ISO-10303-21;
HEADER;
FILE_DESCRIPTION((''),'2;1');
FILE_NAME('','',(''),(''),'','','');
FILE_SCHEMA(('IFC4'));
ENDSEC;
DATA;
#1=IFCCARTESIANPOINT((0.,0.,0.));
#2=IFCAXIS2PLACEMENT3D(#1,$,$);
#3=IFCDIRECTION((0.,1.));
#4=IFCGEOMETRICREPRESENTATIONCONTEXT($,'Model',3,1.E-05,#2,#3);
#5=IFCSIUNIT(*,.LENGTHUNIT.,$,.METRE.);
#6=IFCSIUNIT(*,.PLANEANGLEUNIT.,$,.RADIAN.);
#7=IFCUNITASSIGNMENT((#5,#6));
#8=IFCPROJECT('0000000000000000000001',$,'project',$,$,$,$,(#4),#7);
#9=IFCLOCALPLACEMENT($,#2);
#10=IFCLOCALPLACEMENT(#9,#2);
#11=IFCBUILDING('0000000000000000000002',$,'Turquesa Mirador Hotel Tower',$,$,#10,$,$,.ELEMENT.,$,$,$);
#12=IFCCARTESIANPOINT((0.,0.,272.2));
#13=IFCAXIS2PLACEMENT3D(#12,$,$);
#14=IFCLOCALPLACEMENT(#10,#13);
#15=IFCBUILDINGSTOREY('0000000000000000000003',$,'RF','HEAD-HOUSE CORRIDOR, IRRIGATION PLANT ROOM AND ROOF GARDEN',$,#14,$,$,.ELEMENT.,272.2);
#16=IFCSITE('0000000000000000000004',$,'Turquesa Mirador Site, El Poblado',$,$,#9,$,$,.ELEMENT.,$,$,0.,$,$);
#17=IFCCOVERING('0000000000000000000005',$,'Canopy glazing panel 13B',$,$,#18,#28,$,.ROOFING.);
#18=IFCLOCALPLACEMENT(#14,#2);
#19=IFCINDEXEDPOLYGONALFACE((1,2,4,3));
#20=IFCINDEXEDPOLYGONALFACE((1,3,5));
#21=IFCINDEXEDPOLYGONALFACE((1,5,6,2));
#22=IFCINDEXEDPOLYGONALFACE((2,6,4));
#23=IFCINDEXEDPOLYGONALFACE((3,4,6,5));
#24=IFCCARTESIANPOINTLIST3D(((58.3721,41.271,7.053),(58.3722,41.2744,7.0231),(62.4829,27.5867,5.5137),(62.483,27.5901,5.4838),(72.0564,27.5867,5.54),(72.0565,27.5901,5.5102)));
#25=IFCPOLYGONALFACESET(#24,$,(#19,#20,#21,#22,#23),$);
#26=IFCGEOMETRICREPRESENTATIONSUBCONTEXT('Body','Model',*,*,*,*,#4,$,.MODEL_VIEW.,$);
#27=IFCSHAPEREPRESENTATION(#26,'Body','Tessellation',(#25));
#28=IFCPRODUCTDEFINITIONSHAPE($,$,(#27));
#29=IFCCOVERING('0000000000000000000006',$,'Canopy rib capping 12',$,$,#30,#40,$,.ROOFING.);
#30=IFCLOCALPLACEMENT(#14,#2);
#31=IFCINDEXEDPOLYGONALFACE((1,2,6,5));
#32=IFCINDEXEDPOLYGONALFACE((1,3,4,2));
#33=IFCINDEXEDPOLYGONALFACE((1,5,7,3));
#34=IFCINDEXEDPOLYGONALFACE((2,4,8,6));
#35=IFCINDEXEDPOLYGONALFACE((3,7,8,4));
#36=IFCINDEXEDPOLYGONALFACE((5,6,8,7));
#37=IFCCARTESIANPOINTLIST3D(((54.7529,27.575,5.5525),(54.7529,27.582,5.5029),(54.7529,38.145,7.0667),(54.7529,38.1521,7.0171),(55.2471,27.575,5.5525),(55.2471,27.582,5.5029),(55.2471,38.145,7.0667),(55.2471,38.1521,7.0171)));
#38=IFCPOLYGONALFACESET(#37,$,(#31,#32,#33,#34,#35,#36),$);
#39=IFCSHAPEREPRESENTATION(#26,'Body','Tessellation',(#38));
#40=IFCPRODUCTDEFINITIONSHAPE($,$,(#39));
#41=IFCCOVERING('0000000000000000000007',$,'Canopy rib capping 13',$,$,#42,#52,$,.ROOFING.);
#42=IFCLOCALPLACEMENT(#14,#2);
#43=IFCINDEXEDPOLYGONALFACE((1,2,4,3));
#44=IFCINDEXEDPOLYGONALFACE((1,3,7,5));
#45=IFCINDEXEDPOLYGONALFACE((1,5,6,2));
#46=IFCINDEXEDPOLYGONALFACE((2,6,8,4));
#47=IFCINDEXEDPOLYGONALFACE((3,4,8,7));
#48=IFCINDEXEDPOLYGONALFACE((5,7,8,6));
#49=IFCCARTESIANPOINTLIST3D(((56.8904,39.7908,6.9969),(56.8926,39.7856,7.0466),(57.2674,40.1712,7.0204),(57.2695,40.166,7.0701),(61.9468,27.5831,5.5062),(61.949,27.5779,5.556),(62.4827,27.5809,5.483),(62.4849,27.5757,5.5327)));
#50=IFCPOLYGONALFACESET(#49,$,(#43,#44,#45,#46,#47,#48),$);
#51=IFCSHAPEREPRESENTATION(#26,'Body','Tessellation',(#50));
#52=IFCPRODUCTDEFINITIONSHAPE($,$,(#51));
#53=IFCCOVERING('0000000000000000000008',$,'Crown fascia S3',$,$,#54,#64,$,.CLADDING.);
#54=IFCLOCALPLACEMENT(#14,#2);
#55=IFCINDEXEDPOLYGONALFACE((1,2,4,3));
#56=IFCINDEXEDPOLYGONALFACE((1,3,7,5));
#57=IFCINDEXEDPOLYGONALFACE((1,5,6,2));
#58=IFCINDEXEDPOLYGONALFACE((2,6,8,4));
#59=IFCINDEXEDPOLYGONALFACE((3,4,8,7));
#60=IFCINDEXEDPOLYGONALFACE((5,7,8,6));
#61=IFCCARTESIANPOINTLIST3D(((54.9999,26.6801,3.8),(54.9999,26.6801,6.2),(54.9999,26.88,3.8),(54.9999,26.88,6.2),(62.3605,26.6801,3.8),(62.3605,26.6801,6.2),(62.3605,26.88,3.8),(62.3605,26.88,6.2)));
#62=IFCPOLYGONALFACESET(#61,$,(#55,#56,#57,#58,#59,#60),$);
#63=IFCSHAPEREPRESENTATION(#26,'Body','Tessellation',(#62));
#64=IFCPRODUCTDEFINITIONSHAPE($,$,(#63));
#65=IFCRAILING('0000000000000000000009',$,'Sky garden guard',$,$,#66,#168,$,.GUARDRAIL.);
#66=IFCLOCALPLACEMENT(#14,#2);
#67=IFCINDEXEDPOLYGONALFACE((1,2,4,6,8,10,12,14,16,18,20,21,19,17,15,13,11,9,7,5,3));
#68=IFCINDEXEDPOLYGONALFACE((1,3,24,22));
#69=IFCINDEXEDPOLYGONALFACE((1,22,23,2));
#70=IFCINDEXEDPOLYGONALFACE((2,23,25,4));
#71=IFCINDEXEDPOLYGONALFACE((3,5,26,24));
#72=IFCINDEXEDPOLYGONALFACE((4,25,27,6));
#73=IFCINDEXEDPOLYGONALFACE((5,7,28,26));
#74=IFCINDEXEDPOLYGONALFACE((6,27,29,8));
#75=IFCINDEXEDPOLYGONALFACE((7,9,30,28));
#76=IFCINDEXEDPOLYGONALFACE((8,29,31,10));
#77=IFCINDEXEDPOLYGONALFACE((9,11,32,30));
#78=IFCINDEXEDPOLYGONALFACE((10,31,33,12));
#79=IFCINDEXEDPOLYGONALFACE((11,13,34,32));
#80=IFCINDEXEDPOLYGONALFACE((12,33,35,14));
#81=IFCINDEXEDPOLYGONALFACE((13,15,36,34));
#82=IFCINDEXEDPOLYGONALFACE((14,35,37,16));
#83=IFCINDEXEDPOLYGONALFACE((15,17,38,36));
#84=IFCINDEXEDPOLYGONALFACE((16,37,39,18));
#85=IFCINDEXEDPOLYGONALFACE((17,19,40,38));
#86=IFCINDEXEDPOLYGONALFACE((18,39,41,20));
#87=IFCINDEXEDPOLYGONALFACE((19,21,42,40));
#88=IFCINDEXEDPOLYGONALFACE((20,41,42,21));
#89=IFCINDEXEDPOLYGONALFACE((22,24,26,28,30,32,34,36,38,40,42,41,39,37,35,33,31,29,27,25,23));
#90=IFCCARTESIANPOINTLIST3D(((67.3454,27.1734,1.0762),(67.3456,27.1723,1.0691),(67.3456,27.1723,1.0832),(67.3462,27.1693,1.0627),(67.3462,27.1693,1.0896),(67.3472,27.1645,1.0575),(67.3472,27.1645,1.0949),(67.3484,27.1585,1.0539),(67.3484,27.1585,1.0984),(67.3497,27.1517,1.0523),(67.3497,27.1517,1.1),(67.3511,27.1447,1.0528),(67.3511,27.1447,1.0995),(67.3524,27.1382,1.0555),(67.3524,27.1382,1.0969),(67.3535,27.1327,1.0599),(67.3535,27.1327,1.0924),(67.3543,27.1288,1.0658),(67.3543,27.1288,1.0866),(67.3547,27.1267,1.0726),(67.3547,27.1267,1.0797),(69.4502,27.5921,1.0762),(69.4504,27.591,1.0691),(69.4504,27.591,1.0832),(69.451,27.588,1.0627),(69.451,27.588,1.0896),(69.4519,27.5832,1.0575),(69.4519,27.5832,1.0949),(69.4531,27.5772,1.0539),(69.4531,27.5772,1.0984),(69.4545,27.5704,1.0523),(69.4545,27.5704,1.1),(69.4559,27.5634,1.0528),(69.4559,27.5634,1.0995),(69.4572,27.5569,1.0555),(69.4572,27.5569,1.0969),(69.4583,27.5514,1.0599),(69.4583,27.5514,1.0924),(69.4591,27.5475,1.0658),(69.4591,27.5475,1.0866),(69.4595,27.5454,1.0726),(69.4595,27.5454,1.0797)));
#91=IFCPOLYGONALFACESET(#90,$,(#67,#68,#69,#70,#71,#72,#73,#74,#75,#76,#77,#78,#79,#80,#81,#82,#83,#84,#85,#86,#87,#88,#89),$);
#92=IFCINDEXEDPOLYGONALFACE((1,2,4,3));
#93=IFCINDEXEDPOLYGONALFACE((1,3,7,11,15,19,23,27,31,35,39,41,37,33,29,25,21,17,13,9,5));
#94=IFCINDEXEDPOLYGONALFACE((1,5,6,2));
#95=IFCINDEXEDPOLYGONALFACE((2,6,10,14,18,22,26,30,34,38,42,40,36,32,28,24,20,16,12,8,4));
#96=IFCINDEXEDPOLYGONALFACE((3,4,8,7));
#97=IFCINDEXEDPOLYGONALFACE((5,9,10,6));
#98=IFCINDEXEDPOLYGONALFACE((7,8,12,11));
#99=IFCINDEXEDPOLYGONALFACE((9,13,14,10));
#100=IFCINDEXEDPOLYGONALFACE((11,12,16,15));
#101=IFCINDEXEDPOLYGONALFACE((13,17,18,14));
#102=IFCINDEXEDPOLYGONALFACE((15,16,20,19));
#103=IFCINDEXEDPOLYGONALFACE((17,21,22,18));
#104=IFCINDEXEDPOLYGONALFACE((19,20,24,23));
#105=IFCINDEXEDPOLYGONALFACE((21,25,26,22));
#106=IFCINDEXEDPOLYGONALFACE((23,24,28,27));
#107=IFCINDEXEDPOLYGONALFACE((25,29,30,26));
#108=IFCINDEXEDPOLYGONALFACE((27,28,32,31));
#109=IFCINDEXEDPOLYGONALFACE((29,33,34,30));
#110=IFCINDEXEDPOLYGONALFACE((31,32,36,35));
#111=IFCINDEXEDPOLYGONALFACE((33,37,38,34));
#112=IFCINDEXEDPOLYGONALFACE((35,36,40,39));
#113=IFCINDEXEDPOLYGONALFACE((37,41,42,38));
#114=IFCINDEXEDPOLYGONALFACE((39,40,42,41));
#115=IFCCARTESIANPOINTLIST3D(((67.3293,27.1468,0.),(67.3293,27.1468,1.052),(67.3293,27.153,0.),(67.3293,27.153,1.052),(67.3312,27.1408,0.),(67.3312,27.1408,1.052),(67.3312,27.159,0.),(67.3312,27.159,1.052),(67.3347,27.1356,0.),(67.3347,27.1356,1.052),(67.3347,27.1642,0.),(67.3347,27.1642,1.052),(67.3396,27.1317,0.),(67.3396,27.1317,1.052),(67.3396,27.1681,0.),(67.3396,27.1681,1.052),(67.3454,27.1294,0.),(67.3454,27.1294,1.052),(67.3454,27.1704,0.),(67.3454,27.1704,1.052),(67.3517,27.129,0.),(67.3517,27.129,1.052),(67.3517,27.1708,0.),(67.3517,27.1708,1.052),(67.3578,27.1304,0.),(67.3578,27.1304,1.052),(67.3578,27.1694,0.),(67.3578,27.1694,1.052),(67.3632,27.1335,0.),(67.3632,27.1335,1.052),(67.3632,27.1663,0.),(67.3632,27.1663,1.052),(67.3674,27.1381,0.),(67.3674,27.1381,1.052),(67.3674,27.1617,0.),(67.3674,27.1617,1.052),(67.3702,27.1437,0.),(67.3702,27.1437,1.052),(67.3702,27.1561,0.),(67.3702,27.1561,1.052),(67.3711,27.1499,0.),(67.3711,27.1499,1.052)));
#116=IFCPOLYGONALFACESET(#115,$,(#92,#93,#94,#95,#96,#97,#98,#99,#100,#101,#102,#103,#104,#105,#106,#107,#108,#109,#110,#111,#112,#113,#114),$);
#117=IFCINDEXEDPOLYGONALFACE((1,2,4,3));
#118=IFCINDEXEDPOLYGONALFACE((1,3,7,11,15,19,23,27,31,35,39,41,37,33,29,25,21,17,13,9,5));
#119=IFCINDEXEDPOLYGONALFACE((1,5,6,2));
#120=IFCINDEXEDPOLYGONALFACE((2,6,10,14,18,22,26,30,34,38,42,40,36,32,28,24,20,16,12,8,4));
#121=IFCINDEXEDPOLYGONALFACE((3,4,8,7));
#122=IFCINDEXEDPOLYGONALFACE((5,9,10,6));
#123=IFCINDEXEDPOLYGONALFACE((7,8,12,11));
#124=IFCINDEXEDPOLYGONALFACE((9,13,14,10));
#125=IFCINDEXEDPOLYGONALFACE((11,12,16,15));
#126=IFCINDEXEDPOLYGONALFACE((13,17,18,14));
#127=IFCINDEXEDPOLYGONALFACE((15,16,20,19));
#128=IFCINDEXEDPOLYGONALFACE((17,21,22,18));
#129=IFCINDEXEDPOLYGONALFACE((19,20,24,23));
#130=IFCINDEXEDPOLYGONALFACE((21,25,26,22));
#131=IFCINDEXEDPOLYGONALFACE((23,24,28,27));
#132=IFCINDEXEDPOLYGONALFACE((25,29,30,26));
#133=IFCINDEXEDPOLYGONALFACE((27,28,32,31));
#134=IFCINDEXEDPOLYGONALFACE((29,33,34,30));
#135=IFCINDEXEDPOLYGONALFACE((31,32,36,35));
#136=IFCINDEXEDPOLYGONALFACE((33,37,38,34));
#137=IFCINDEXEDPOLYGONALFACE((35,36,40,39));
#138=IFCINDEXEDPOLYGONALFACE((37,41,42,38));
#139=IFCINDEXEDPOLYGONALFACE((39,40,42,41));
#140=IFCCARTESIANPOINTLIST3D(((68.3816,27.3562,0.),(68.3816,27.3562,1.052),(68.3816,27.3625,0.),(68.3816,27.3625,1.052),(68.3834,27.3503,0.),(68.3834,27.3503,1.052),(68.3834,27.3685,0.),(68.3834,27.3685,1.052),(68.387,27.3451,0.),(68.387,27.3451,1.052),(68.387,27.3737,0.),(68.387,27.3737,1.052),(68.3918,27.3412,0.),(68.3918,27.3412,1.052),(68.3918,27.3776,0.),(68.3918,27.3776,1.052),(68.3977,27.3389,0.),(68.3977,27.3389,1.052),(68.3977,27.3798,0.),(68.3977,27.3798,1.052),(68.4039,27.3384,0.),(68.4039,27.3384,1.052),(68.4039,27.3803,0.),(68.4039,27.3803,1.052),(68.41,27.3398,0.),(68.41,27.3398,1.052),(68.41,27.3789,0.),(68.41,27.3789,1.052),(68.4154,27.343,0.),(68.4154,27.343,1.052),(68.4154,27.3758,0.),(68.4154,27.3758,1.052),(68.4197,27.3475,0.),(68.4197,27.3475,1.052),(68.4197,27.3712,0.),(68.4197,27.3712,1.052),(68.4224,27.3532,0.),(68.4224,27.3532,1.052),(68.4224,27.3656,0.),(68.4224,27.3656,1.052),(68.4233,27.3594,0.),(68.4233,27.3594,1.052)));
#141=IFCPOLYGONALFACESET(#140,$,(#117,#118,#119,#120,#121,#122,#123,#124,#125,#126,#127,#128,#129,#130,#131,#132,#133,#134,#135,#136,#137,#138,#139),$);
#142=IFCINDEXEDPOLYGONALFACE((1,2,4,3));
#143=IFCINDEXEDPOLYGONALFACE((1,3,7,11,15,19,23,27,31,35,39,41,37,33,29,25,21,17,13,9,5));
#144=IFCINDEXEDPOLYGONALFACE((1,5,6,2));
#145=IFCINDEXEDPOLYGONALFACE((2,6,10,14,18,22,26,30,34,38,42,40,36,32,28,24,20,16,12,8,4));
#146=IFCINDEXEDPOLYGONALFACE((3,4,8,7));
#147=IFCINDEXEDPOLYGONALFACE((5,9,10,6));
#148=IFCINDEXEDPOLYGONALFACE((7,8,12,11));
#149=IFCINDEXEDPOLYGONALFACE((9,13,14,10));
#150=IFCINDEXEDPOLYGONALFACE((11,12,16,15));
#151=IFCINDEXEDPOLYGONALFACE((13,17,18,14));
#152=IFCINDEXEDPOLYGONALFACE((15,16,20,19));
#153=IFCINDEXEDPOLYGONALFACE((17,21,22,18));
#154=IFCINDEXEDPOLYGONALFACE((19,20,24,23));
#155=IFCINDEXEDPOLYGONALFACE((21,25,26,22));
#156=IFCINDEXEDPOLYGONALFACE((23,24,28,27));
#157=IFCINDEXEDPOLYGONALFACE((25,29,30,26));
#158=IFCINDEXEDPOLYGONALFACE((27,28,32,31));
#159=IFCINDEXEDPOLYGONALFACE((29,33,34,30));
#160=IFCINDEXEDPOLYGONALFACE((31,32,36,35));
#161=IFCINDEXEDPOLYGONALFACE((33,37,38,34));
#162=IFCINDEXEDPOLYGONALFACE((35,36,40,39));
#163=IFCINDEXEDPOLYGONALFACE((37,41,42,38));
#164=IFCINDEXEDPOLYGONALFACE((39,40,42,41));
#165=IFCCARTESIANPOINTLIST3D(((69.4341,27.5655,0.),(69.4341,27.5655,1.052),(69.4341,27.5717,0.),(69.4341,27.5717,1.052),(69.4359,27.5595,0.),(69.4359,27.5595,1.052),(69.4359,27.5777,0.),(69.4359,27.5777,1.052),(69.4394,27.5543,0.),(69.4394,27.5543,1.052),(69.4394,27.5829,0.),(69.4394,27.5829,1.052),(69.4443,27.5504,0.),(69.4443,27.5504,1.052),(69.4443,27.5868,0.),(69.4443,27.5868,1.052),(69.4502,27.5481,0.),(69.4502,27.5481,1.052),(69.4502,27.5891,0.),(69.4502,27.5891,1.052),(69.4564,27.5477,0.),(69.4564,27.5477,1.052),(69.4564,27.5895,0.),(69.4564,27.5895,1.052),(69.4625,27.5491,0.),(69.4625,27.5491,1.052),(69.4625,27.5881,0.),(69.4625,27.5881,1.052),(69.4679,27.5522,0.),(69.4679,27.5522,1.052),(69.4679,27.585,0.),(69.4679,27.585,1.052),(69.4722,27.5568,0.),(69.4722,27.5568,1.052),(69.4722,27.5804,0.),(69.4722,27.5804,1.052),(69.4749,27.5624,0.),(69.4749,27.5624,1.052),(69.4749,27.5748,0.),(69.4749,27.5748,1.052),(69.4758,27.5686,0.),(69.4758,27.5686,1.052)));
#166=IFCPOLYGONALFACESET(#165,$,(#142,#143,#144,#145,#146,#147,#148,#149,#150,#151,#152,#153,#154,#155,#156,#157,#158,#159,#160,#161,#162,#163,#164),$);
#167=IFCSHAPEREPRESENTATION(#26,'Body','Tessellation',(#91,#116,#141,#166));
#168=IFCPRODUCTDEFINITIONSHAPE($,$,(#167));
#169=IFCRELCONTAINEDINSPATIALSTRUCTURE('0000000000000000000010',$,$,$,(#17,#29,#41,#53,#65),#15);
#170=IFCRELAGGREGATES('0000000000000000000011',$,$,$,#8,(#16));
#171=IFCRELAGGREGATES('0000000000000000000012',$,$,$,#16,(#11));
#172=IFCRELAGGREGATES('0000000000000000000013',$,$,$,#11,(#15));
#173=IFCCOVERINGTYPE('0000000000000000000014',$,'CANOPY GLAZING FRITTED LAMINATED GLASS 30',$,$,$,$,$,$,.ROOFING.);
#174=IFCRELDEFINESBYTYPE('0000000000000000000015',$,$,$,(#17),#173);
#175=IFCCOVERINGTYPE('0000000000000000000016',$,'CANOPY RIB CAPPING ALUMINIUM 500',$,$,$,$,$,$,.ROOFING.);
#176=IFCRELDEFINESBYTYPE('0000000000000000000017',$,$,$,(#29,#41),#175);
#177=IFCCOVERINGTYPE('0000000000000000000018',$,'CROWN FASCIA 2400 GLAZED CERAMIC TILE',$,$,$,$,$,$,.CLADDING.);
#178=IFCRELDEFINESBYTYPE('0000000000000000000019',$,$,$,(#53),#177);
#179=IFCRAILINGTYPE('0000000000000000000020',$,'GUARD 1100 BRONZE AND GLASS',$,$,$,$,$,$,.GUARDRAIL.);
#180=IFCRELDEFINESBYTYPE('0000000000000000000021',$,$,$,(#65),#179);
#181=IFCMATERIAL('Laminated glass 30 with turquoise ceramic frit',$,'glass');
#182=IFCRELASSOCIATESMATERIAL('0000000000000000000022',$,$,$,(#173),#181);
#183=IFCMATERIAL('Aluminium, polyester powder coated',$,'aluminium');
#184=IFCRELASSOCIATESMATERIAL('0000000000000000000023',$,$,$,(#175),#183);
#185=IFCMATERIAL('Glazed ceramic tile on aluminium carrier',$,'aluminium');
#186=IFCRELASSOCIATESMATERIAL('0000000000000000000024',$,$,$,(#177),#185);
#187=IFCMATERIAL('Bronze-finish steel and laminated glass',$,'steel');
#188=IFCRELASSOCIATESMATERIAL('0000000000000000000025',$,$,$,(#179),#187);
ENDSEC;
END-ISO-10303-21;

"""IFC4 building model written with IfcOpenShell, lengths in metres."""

from ifc_helpers import new_model, si_unit, direction, frame, origin, origin_2d, place, context, subcontext, project, spatial, polyline, rectangle, circle, outline, extrude, material, type_object, element, save


model = new_model("IFC4")

# Units and contexts
model_context = context("Model", 3, precision=1e-05, world=origin(), true_north=direction((0.0, 1.0)))
body_context = subcontext(model_context, "Body", "Model", "MODEL_VIEW")
ifc_project = project(units=[si_unit("LENGTHUNIT", "METRE"), si_unit("PLANEANGLEUNIT", "RADIAN")], contexts=[model_context])

# Site, building, storey
site_placement = place(None, origin())
site = spatial("IfcSite", under=ifc_project, at=site_placement, Name="Turquesa Mirador Site, El Poblado", CompositionType="ELEMENT", RefElevation=0.0)
building_placement = place(site_placement, origin())
building = spatial("IfcBuilding", under=site, at=building_placement, Name="Turquesa Mirador Hotel Tower", CompositionType="ELEMENT")
storey_placement = place(building_placement, frame((0.0, 0.0, 272.2)))
storey = spatial("IfcBuildingStorey", under=building, at=storey_placement, Name="RF", Description="HEAD-HOUSE CORRIDOR, IRRIGATION PLANT ROOM AND ROOF GARDEN", CompositionType="ELEMENT", Elevation=272.2)

# Coverings
ifc_material_1 = material(Name="Laminated glass 30 with turquoise ceramic frit", Category="glass")
covering_type_1 = type_object("IfcCoveringType", Name="CANOPY GLAZING FRITTED LAMINATED GLASS 30", PredefinedType="ROOFING", material=ifc_material_1)
covering_1_placement = place(storey_placement, frame((62.4829, 27.5867, 5.5137), z_axis=(-0.002737, -0.112593, 0.993637), x_axis=(-0.286049, 0.95221, 0.107111)))
element("IfcCovering", 1, at=covering_1_placement, inside=storey, type_object=covering_type_1, Name="Canopy glazing panel 13B", PredefinedType="ROOFING", context=body_context, shape_type="SweptSolid", body=[
    extrude(outline(polyline([(0.0, 0.0), (14.3711, 0.0), (-2.7357, -9.1743), (0.0, 0.0)])), origin(), (0.0, 0.0, -1.0), 0.03),
])
ifc_material_2 = material(Name="Aluminium, polyester powder coated", Category="aluminium")
covering_type_2 = type_object("IfcCoveringType", Name="CANOPY RIB CAPPING ALUMINIUM 500", PredefinedType="ROOFING", material=ifc_material_2)
covering_2_placement = place(storey_placement, frame((55.2471, 27.575, 5.5525), z_axis=(0.0, -0.141802, 0.989895), x_axis=(0.0, 0.989895, 0.141802)))
element("IfcCovering", 2, at=covering_2_placement, inside=storey, type_object=covering_type_2, Name="Canopy rib capping 12", PredefinedType="ROOFING", context=body_context, shape_type="SweptSolid", body=[
    extrude(outline(polyline([(0.0, 0.0), (10.678, 0.0), (10.678, 0.4941), (0.0, 0.4941), (0.0, 0.0)])), origin(), (0.0, 0.0, -1.0), 0.05),
])
covering_3_placement = place(storey_placement, frame((62.4849, 27.5757, 5.5327), z_axis=(0.042679, -0.103661, 0.993697), x_axis=(-0.380287, 0.91805, 0.112103)))
element("IfcCovering", 3, at=covering_3_placement, inside=storey, type_object=covering_type_2, Name="Canopy rib capping 13", PredefinedType="ROOFING", context=body_context, shape_type="SweptSolid", body=[
    extrude(outline(polyline([(0.0, 0.0), (13.7142, 0.0), (13.5057, 0.4938), (0.2084, 0.4943), (0.0, 0.0)])), origin(), (0.0, 0.0, -1.0), 0.05),
])
ifc_material_3 = material(Name="Glazed ceramic tile on aluminium carrier", Category="aluminium")
covering_type_3 = type_object("IfcCoveringType", Name="CROWN FASCIA 2400 GLAZED CERAMIC TILE", PredefinedType="CLADDING", material=ifc_material_3)
covering_4_placement = place(storey_placement, frame((58.6802, 26.78, 3.8), z_axis=(0.0, 0.0, 1.0), x_axis=(1.0, 0.0, 0.0)))
element("IfcCovering", 4, at=covering_4_placement, inside=storey, type_object=covering_type_3, Name="Crown fascia S3", PredefinedType="CLADDING", context=body_context, shape_type="SweptSolid", body=[
    extrude(rectangle(XDim=7.3606, YDim=0.2, at=origin_2d()), origin(), (0.0, 0.0, 1.0), 2.3999),
])

# Railing
ifc_material_4 = material(Name="Bronze-finish steel and laminated glass", Category="steel")
railing_type = type_object("IfcRailingType", Name="GUARD 1100 BRONZE AND GLASS", PredefinedType="GUARDRAIL", material=ifc_material_4)
railing_placement = place(storey_placement, frame((67.3501, 27.1499, 0.0)))
element("IfcRailing", 5, at=railing_placement, inside=storey, type_object=railing_type, Name="Sky garden guard", PredefinedType="GUARDRAIL", context=body_context, shape_type="SweptSolid", body=[
    extrude(circle(Radius=0.0239, at=origin_2d()), frame((0.0, 0.0, 1.0762), z_axis=(0.980781, 0.19511, 0.0), x_axis=(-0.19511, 0.980781, 0.0)), (0.0, 0.0, 1.0), 2.146),
    extrude(circle(Radius=0.021, at=origin_2d()), origin(), (0.0, 0.0, 1.0), 1.052),
    extrude(circle(Radius=0.021, at=origin_2d()), frame((1.0522, 0.2095, 0.0)), (0.0, 0.0, 1.0), 1.052),
    extrude(circle(Radius=0.021, at=origin_2d()), frame((2.1047, 0.4187, 0.0)), (0.0, 0.0, 1.0), 1.052),
])

save(model, "model.ifc")
